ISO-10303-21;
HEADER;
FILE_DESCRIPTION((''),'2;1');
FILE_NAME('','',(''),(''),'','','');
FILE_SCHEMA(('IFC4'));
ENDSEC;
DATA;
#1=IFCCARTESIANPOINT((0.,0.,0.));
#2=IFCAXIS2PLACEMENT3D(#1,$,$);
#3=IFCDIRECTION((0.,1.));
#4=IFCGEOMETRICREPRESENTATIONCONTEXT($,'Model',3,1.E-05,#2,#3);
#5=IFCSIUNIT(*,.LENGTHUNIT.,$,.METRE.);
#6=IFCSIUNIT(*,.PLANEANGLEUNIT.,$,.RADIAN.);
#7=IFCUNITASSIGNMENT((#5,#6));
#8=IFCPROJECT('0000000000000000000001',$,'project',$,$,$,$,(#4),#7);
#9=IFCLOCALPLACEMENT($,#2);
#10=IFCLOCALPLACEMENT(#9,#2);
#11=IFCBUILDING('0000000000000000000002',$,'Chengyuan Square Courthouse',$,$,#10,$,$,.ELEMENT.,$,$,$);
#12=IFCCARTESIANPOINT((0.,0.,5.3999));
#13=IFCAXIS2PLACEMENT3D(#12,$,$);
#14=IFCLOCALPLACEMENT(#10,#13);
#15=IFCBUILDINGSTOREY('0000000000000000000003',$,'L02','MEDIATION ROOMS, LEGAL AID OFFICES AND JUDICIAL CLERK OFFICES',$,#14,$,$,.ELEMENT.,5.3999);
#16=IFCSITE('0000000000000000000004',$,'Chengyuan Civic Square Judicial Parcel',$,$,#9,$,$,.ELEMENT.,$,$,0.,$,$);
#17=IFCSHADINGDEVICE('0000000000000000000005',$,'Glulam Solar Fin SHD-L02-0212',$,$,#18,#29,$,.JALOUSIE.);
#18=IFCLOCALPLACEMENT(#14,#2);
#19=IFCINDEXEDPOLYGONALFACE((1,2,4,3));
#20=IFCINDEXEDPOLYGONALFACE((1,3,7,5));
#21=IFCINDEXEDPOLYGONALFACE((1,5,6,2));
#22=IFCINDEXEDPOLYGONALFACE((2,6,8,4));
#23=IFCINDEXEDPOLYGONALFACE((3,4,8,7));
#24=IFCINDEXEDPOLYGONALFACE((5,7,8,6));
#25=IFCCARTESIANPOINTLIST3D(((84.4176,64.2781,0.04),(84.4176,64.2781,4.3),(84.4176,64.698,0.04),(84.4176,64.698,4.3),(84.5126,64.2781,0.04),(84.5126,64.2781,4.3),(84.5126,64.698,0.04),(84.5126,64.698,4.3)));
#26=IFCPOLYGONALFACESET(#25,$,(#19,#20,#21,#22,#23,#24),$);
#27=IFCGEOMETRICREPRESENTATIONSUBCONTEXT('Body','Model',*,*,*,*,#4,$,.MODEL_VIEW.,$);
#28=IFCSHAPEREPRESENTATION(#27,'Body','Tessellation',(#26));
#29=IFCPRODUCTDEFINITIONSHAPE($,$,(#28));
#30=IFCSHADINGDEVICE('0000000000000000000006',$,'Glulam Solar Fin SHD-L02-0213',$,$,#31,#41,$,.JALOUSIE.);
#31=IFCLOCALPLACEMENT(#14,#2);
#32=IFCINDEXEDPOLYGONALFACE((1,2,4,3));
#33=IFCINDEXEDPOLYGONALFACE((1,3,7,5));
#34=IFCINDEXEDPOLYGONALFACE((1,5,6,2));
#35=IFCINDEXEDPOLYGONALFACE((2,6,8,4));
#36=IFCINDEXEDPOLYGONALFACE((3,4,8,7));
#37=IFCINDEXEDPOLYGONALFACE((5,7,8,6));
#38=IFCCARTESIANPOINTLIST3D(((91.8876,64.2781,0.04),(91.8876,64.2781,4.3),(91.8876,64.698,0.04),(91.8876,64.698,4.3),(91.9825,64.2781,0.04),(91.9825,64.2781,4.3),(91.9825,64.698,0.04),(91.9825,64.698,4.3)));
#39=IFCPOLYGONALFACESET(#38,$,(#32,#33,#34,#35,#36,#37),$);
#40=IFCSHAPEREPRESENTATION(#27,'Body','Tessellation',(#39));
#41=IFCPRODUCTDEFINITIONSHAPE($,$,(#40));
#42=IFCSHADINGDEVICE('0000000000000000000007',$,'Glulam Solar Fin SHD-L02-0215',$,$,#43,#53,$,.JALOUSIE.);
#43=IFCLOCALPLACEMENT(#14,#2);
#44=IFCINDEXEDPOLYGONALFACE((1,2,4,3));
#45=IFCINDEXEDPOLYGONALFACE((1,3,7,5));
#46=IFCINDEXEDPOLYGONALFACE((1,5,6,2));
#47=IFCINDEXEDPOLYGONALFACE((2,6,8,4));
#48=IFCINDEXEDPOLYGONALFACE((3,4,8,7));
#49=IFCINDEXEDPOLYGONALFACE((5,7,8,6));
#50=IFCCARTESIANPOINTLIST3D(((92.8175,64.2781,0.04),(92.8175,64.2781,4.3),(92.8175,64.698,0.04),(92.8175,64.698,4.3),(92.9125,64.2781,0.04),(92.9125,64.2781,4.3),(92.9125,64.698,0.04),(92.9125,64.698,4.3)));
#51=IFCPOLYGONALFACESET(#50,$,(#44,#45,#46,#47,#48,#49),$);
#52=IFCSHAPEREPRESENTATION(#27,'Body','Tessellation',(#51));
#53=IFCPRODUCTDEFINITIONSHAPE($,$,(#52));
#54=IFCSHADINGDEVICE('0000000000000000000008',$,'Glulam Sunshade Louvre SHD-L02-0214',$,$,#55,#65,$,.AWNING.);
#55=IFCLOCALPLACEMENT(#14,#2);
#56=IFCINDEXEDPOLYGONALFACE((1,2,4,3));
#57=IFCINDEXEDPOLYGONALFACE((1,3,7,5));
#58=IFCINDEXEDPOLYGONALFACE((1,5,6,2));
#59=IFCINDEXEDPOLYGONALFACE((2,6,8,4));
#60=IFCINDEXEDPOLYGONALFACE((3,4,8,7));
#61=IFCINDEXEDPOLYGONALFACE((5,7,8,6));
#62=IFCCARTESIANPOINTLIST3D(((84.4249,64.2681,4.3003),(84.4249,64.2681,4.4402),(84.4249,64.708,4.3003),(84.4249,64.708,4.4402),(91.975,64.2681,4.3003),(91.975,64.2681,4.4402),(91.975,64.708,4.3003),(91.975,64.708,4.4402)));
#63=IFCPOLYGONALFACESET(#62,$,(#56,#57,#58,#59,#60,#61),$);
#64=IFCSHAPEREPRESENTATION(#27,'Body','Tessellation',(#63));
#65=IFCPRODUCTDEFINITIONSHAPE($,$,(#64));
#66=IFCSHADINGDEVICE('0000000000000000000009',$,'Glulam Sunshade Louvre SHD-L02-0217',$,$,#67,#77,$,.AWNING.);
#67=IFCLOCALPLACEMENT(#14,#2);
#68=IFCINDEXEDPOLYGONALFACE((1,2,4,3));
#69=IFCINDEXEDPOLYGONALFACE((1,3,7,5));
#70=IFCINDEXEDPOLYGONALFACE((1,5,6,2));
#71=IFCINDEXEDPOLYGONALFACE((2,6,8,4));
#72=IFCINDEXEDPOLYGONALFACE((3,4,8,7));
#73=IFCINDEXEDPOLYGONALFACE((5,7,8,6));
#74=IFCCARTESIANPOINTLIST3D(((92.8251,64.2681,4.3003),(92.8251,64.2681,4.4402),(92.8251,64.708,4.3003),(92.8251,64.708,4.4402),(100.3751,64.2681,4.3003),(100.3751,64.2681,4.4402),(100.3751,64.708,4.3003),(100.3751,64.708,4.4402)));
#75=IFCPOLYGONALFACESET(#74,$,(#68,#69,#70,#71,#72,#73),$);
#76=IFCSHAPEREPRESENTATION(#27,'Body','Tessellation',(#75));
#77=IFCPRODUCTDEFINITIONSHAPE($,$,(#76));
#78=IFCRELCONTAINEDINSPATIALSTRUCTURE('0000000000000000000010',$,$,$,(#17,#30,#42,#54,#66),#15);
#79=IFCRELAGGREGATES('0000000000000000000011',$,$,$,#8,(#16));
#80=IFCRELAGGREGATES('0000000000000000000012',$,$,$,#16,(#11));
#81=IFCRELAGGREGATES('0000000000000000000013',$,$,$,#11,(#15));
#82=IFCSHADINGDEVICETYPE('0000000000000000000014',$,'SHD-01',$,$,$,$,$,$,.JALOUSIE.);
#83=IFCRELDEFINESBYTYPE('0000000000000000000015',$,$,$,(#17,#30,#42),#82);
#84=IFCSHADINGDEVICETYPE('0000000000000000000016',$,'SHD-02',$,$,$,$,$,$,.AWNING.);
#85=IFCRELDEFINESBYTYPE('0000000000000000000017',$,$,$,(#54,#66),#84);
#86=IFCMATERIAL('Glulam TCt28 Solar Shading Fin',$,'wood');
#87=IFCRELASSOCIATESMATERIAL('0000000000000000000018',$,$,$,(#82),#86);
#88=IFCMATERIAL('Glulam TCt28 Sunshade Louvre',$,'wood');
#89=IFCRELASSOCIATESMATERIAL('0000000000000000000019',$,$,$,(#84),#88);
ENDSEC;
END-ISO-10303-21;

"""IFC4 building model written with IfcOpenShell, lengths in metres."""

from ifc_helpers import new_model, si_unit, direction, frame, origin, origin_2d, place, context, subcontext, project, spatial, rectangle, extrude, material, type_object, element, save


model = new_model("IFC4")

# Units and contexts
model_context = context("Model", 3, precision=1e-05, world=origin(), true_north=direction((0.0, 1.0)))
body_context = subcontext(model_context, "Body", "Model", "MODEL_VIEW")
ifc_project = project(units=[si_unit("LENGTHUNIT", "METRE"), si_unit("PLANEANGLEUNIT", "RADIAN")], contexts=[model_context])

# Site, building, storey
site_placement = place(None, origin())
site = spatial("IfcSite", under=ifc_project, at=site_placement, Name="Chengyuan Civic Square Judicial Parcel", CompositionType="ELEMENT", RefElevation=0.0)
building_placement = place(site_placement, origin())
building = spatial("IfcBuilding", under=site, at=building_placement, Name="Chengyuan Square Courthouse", CompositionType="ELEMENT")
storey_placement = place(building_placement, frame((0.0, 0.0, 5.3999)))
storey = spatial("IfcBuildingStorey", under=building, at=storey_placement, Name="L02", Description="MEDIATION ROOMS, LEGAL AID OFFICES AND JUDICIAL CLERK OFFICES", CompositionType="ELEMENT", Elevation=5.3999)

# Shading devices
ifc_material_1 = material(Name="Glulam TCt28 Solar Shading Fin", Category="wood")
shading_device_type_1 = type_object("IfcShadingDeviceType", Name="SHD-01", PredefinedType="JALOUSIE", material=ifc_material_1)
for number, where, z_axis, x_axis, name in (
    (1, (84.4651, 64.488, 0.04), (0.0, 0.0, 1.0), (0.0, 1.0, 0.0), "Glulam Solar Fin SHD-L02-0212"),
    (2, (91.9351, 64.488, 0.04), (0.0, 0.0, 1.0), (0.0, 1.0, 0.0), "Glulam Solar Fin SHD-L02-0213"),
    (3, (92.865, 64.488, 0.04), (0.0, 0.0, 1.0), (0.0, 1.0, 0.0), "Glulam Solar Fin SHD-L02-0215"),
):
    element("IfcShadingDevice", number, at=place(storey_placement, frame(where, z_axis=z_axis, x_axis=x_axis)), inside=storey, type_object=shading_device_type_1, Name=name, PredefinedType="JALOUSIE", context=body_context, shape_type="SweptSolid", body=[
        extrude(rectangle(XDim=0.4199, YDim=0.095, at=origin_2d()), origin(), (0.0, 0.0, 1.0), 4.26),
    ])
ifc_material_2 = material(Name="Glulam TCt28 Sunshade Louvre", Category="wood")
shading_device_type_2 = type_object("IfcShadingDeviceType", Name="SHD-02", PredefinedType="AWNING", material=ifc_material_2)
for number, where, z_axis, x_axis, name in (
    (4, (88.2, 64.488, 4.3003), (0.0, 0.0, 1.0), (1.0, 0.0, 0.0), "Glulam Sunshade Louvre SHD-L02-0214"),
    (5, (96.6001, 64.488, 4.3003), (0.0, 0.0, 1.0), (1.0, 0.0, 0.0), "Glulam Sunshade Louvre SHD-L02-0217"),
):
    element("IfcShadingDevice", number, at=place(storey_placement, frame(where, z_axis=z_axis, x_axis=x_axis)), inside=storey, type_object=shading_device_type_2, Name=name, PredefinedType="AWNING", context=body_context, shape_type="SweptSolid", body=[
        extrude(rectangle(XDim=7.55, YDim=0.4399, at=origin_2d()), origin(), (0.0, 0.0, 1.0), 0.1399),
    ])

save(model, "model.ifc")
